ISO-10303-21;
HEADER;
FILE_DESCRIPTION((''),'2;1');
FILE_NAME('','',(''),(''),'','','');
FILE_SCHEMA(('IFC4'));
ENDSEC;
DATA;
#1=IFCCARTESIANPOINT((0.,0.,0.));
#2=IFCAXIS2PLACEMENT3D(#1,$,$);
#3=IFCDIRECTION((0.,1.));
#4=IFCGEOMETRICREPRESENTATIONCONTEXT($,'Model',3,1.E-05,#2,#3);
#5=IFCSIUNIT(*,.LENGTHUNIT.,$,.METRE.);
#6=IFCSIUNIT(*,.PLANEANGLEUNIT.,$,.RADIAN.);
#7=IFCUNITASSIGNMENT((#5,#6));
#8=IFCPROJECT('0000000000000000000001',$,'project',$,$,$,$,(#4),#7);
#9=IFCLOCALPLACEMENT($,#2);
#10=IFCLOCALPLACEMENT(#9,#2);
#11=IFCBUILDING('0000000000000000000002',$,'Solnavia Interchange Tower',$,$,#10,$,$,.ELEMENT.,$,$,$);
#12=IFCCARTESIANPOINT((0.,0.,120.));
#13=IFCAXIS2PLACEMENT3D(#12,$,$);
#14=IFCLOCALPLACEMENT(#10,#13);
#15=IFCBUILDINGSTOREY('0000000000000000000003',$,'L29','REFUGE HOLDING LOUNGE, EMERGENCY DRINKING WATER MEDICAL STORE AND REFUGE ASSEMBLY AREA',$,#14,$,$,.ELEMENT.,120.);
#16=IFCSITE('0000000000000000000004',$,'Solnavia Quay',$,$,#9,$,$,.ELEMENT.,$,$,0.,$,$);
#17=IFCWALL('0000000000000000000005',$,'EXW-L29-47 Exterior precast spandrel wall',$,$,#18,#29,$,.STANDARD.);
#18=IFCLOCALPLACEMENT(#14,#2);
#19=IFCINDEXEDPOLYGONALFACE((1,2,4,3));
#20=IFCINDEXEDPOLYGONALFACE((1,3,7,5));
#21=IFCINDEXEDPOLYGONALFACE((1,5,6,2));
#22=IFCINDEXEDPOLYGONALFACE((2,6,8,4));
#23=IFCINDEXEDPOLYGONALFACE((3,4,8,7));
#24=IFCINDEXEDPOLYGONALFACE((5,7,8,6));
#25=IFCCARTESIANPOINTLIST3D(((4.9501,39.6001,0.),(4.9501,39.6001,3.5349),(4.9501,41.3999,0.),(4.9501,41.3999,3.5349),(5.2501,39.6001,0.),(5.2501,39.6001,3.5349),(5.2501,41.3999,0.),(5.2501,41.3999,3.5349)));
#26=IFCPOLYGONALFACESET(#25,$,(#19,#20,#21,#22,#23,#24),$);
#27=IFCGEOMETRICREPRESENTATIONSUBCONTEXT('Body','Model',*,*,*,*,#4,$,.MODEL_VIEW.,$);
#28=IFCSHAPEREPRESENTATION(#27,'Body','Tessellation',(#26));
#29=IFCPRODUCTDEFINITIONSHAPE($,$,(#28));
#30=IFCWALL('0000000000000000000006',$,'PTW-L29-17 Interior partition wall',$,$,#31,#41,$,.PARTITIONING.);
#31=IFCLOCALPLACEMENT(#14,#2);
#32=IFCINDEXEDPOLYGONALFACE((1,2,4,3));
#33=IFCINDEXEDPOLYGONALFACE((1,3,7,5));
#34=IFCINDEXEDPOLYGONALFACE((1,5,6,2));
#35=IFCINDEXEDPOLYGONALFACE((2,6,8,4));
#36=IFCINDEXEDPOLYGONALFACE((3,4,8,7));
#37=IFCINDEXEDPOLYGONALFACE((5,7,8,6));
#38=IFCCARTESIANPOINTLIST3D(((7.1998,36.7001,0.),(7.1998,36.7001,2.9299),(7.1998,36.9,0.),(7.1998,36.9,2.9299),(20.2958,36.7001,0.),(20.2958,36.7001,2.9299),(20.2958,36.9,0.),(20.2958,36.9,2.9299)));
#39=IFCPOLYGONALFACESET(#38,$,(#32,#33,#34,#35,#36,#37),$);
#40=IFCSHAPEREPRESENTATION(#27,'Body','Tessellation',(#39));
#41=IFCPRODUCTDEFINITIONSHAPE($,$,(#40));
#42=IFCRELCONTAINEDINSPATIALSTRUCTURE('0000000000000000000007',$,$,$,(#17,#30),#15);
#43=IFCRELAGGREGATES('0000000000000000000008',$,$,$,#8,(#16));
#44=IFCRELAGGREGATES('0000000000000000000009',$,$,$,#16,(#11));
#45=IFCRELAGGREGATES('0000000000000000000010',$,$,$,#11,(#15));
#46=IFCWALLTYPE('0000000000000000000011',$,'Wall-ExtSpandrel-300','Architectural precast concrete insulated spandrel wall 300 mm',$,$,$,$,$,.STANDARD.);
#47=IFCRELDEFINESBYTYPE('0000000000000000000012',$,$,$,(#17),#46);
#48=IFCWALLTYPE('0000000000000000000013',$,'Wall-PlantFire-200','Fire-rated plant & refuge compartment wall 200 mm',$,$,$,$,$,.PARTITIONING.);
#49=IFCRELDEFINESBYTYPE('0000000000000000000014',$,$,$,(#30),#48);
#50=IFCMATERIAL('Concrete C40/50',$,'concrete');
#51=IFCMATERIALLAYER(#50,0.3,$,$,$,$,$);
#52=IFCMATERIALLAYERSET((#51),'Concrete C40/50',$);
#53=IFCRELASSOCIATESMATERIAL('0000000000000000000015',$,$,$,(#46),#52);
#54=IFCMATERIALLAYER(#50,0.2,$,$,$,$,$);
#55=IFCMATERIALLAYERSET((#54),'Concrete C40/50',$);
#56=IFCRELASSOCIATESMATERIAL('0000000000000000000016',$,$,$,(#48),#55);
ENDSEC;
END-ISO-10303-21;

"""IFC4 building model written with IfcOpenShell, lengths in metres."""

from ifc_helpers import new_model, si_unit, direction, frame, frame_2d, origin, place, context, subcontext, project, spatial, rectangle, extrude, material, layer, layer_set, type_object, element, save


model = new_model("IFC4")

# Units and contexts
model_context = context("Model", 3, precision=1e-05, world=origin(), true_north=direction((0.0, 1.0)))
body_context = subcontext(model_context, "Body", "Model", "MODEL_VIEW")
ifc_project = project(units=[si_unit("LENGTHUNIT", "METRE"), si_unit("PLANEANGLEUNIT", "RADIAN")], contexts=[model_context])

# Site, building, storey
site_placement = place(None, origin())
site = spatial("IfcSite", under=ifc_project, at=site_placement, Name="Solnavia Quay", CompositionType="ELEMENT", RefElevation=0.0)
building_placement = place(site_placement, origin())
building = spatial("IfcBuilding", under=site, at=building_placement, Name="Solnavia Interchange Tower", CompositionType="ELEMENT")
storey_placement = place(building_placement, frame((0.0, 0.0, 120.0)))
storey = spatial("IfcBuildingStorey", under=building, at=storey_placement, Name="L29", Description="REFUGE HOLDING LOUNGE, EMERGENCY DRINKING WATER MEDICAL STORE AND REFUGE ASSEMBLY AREA", CompositionType="ELEMENT", Elevation=120.0)

# Walls
ifc_material_1 = material(Name="Concrete C40/50", Category="concrete")
ifc_layer_1 = layer(ifc_material_1, 0.3)
ifc_layer_set_1 = layer_set([ifc_layer_1], Name="Concrete C40/50")
wall_type_1 = type_object("IfcWallType", Name="Wall-ExtSpandrel-300", Description="Architectural precast concrete insulated spandrel wall 300 mm", PredefinedType="STANDARD", material=ifc_layer_set_1)
wall_1_placement = place(storey_placement, frame((5.1001, 39.6001, 0.0), z_axis=(0.0, 0.0, 1.0), x_axis=(0.0, 1.0, 0.0)))
element("IfcWall", 1, at=wall_1_placement, inside=storey, type_object=wall_type_1, Name="EXW-L29-47 Exterior precast spandrel wall", PredefinedType="STANDARD", context=body_context, shape_type="SweptSolid", body=[
    extrude(rectangle(XDim=1.7998, YDim=0.3, at=frame_2d((0.8999, 0.0))), origin(), (0.0, 0.0, 1.0), 3.5349),
])
ifc_layer_2 = layer(ifc_material_1, 0.2)
ifc_layer_set_2 = layer_set([ifc_layer_2], Name="Concrete C40/50")
wall_type_2 = type_object("IfcWallType", Name="Wall-PlantFire-200", Description="Fire-rated plant & refuge compartment wall 200 mm", PredefinedType="PARTITIONING", material=ifc_layer_set_2)
wall_2_placement = place(storey_placement, frame((7.2, 36.8, 0.0), z_axis=(0.0, 0.0, 1.0), x_axis=(1.0, 0.0, 0.0)))
element("IfcWall", 2, at=wall_2_placement, inside=storey, type_object=wall_type_2, Name="PTW-L29-17 Interior partition wall", PredefinedType="PARTITIONING", context=body_context, shape_type="SweptSolid", body=[
    extrude(rectangle(XDim=13.0959, YDim=0.2, at=frame_2d((6.5479, 0.0))), origin(), (0.0, 0.0, 1.0), 2.9299),
])

save(model, "model.ifc")
